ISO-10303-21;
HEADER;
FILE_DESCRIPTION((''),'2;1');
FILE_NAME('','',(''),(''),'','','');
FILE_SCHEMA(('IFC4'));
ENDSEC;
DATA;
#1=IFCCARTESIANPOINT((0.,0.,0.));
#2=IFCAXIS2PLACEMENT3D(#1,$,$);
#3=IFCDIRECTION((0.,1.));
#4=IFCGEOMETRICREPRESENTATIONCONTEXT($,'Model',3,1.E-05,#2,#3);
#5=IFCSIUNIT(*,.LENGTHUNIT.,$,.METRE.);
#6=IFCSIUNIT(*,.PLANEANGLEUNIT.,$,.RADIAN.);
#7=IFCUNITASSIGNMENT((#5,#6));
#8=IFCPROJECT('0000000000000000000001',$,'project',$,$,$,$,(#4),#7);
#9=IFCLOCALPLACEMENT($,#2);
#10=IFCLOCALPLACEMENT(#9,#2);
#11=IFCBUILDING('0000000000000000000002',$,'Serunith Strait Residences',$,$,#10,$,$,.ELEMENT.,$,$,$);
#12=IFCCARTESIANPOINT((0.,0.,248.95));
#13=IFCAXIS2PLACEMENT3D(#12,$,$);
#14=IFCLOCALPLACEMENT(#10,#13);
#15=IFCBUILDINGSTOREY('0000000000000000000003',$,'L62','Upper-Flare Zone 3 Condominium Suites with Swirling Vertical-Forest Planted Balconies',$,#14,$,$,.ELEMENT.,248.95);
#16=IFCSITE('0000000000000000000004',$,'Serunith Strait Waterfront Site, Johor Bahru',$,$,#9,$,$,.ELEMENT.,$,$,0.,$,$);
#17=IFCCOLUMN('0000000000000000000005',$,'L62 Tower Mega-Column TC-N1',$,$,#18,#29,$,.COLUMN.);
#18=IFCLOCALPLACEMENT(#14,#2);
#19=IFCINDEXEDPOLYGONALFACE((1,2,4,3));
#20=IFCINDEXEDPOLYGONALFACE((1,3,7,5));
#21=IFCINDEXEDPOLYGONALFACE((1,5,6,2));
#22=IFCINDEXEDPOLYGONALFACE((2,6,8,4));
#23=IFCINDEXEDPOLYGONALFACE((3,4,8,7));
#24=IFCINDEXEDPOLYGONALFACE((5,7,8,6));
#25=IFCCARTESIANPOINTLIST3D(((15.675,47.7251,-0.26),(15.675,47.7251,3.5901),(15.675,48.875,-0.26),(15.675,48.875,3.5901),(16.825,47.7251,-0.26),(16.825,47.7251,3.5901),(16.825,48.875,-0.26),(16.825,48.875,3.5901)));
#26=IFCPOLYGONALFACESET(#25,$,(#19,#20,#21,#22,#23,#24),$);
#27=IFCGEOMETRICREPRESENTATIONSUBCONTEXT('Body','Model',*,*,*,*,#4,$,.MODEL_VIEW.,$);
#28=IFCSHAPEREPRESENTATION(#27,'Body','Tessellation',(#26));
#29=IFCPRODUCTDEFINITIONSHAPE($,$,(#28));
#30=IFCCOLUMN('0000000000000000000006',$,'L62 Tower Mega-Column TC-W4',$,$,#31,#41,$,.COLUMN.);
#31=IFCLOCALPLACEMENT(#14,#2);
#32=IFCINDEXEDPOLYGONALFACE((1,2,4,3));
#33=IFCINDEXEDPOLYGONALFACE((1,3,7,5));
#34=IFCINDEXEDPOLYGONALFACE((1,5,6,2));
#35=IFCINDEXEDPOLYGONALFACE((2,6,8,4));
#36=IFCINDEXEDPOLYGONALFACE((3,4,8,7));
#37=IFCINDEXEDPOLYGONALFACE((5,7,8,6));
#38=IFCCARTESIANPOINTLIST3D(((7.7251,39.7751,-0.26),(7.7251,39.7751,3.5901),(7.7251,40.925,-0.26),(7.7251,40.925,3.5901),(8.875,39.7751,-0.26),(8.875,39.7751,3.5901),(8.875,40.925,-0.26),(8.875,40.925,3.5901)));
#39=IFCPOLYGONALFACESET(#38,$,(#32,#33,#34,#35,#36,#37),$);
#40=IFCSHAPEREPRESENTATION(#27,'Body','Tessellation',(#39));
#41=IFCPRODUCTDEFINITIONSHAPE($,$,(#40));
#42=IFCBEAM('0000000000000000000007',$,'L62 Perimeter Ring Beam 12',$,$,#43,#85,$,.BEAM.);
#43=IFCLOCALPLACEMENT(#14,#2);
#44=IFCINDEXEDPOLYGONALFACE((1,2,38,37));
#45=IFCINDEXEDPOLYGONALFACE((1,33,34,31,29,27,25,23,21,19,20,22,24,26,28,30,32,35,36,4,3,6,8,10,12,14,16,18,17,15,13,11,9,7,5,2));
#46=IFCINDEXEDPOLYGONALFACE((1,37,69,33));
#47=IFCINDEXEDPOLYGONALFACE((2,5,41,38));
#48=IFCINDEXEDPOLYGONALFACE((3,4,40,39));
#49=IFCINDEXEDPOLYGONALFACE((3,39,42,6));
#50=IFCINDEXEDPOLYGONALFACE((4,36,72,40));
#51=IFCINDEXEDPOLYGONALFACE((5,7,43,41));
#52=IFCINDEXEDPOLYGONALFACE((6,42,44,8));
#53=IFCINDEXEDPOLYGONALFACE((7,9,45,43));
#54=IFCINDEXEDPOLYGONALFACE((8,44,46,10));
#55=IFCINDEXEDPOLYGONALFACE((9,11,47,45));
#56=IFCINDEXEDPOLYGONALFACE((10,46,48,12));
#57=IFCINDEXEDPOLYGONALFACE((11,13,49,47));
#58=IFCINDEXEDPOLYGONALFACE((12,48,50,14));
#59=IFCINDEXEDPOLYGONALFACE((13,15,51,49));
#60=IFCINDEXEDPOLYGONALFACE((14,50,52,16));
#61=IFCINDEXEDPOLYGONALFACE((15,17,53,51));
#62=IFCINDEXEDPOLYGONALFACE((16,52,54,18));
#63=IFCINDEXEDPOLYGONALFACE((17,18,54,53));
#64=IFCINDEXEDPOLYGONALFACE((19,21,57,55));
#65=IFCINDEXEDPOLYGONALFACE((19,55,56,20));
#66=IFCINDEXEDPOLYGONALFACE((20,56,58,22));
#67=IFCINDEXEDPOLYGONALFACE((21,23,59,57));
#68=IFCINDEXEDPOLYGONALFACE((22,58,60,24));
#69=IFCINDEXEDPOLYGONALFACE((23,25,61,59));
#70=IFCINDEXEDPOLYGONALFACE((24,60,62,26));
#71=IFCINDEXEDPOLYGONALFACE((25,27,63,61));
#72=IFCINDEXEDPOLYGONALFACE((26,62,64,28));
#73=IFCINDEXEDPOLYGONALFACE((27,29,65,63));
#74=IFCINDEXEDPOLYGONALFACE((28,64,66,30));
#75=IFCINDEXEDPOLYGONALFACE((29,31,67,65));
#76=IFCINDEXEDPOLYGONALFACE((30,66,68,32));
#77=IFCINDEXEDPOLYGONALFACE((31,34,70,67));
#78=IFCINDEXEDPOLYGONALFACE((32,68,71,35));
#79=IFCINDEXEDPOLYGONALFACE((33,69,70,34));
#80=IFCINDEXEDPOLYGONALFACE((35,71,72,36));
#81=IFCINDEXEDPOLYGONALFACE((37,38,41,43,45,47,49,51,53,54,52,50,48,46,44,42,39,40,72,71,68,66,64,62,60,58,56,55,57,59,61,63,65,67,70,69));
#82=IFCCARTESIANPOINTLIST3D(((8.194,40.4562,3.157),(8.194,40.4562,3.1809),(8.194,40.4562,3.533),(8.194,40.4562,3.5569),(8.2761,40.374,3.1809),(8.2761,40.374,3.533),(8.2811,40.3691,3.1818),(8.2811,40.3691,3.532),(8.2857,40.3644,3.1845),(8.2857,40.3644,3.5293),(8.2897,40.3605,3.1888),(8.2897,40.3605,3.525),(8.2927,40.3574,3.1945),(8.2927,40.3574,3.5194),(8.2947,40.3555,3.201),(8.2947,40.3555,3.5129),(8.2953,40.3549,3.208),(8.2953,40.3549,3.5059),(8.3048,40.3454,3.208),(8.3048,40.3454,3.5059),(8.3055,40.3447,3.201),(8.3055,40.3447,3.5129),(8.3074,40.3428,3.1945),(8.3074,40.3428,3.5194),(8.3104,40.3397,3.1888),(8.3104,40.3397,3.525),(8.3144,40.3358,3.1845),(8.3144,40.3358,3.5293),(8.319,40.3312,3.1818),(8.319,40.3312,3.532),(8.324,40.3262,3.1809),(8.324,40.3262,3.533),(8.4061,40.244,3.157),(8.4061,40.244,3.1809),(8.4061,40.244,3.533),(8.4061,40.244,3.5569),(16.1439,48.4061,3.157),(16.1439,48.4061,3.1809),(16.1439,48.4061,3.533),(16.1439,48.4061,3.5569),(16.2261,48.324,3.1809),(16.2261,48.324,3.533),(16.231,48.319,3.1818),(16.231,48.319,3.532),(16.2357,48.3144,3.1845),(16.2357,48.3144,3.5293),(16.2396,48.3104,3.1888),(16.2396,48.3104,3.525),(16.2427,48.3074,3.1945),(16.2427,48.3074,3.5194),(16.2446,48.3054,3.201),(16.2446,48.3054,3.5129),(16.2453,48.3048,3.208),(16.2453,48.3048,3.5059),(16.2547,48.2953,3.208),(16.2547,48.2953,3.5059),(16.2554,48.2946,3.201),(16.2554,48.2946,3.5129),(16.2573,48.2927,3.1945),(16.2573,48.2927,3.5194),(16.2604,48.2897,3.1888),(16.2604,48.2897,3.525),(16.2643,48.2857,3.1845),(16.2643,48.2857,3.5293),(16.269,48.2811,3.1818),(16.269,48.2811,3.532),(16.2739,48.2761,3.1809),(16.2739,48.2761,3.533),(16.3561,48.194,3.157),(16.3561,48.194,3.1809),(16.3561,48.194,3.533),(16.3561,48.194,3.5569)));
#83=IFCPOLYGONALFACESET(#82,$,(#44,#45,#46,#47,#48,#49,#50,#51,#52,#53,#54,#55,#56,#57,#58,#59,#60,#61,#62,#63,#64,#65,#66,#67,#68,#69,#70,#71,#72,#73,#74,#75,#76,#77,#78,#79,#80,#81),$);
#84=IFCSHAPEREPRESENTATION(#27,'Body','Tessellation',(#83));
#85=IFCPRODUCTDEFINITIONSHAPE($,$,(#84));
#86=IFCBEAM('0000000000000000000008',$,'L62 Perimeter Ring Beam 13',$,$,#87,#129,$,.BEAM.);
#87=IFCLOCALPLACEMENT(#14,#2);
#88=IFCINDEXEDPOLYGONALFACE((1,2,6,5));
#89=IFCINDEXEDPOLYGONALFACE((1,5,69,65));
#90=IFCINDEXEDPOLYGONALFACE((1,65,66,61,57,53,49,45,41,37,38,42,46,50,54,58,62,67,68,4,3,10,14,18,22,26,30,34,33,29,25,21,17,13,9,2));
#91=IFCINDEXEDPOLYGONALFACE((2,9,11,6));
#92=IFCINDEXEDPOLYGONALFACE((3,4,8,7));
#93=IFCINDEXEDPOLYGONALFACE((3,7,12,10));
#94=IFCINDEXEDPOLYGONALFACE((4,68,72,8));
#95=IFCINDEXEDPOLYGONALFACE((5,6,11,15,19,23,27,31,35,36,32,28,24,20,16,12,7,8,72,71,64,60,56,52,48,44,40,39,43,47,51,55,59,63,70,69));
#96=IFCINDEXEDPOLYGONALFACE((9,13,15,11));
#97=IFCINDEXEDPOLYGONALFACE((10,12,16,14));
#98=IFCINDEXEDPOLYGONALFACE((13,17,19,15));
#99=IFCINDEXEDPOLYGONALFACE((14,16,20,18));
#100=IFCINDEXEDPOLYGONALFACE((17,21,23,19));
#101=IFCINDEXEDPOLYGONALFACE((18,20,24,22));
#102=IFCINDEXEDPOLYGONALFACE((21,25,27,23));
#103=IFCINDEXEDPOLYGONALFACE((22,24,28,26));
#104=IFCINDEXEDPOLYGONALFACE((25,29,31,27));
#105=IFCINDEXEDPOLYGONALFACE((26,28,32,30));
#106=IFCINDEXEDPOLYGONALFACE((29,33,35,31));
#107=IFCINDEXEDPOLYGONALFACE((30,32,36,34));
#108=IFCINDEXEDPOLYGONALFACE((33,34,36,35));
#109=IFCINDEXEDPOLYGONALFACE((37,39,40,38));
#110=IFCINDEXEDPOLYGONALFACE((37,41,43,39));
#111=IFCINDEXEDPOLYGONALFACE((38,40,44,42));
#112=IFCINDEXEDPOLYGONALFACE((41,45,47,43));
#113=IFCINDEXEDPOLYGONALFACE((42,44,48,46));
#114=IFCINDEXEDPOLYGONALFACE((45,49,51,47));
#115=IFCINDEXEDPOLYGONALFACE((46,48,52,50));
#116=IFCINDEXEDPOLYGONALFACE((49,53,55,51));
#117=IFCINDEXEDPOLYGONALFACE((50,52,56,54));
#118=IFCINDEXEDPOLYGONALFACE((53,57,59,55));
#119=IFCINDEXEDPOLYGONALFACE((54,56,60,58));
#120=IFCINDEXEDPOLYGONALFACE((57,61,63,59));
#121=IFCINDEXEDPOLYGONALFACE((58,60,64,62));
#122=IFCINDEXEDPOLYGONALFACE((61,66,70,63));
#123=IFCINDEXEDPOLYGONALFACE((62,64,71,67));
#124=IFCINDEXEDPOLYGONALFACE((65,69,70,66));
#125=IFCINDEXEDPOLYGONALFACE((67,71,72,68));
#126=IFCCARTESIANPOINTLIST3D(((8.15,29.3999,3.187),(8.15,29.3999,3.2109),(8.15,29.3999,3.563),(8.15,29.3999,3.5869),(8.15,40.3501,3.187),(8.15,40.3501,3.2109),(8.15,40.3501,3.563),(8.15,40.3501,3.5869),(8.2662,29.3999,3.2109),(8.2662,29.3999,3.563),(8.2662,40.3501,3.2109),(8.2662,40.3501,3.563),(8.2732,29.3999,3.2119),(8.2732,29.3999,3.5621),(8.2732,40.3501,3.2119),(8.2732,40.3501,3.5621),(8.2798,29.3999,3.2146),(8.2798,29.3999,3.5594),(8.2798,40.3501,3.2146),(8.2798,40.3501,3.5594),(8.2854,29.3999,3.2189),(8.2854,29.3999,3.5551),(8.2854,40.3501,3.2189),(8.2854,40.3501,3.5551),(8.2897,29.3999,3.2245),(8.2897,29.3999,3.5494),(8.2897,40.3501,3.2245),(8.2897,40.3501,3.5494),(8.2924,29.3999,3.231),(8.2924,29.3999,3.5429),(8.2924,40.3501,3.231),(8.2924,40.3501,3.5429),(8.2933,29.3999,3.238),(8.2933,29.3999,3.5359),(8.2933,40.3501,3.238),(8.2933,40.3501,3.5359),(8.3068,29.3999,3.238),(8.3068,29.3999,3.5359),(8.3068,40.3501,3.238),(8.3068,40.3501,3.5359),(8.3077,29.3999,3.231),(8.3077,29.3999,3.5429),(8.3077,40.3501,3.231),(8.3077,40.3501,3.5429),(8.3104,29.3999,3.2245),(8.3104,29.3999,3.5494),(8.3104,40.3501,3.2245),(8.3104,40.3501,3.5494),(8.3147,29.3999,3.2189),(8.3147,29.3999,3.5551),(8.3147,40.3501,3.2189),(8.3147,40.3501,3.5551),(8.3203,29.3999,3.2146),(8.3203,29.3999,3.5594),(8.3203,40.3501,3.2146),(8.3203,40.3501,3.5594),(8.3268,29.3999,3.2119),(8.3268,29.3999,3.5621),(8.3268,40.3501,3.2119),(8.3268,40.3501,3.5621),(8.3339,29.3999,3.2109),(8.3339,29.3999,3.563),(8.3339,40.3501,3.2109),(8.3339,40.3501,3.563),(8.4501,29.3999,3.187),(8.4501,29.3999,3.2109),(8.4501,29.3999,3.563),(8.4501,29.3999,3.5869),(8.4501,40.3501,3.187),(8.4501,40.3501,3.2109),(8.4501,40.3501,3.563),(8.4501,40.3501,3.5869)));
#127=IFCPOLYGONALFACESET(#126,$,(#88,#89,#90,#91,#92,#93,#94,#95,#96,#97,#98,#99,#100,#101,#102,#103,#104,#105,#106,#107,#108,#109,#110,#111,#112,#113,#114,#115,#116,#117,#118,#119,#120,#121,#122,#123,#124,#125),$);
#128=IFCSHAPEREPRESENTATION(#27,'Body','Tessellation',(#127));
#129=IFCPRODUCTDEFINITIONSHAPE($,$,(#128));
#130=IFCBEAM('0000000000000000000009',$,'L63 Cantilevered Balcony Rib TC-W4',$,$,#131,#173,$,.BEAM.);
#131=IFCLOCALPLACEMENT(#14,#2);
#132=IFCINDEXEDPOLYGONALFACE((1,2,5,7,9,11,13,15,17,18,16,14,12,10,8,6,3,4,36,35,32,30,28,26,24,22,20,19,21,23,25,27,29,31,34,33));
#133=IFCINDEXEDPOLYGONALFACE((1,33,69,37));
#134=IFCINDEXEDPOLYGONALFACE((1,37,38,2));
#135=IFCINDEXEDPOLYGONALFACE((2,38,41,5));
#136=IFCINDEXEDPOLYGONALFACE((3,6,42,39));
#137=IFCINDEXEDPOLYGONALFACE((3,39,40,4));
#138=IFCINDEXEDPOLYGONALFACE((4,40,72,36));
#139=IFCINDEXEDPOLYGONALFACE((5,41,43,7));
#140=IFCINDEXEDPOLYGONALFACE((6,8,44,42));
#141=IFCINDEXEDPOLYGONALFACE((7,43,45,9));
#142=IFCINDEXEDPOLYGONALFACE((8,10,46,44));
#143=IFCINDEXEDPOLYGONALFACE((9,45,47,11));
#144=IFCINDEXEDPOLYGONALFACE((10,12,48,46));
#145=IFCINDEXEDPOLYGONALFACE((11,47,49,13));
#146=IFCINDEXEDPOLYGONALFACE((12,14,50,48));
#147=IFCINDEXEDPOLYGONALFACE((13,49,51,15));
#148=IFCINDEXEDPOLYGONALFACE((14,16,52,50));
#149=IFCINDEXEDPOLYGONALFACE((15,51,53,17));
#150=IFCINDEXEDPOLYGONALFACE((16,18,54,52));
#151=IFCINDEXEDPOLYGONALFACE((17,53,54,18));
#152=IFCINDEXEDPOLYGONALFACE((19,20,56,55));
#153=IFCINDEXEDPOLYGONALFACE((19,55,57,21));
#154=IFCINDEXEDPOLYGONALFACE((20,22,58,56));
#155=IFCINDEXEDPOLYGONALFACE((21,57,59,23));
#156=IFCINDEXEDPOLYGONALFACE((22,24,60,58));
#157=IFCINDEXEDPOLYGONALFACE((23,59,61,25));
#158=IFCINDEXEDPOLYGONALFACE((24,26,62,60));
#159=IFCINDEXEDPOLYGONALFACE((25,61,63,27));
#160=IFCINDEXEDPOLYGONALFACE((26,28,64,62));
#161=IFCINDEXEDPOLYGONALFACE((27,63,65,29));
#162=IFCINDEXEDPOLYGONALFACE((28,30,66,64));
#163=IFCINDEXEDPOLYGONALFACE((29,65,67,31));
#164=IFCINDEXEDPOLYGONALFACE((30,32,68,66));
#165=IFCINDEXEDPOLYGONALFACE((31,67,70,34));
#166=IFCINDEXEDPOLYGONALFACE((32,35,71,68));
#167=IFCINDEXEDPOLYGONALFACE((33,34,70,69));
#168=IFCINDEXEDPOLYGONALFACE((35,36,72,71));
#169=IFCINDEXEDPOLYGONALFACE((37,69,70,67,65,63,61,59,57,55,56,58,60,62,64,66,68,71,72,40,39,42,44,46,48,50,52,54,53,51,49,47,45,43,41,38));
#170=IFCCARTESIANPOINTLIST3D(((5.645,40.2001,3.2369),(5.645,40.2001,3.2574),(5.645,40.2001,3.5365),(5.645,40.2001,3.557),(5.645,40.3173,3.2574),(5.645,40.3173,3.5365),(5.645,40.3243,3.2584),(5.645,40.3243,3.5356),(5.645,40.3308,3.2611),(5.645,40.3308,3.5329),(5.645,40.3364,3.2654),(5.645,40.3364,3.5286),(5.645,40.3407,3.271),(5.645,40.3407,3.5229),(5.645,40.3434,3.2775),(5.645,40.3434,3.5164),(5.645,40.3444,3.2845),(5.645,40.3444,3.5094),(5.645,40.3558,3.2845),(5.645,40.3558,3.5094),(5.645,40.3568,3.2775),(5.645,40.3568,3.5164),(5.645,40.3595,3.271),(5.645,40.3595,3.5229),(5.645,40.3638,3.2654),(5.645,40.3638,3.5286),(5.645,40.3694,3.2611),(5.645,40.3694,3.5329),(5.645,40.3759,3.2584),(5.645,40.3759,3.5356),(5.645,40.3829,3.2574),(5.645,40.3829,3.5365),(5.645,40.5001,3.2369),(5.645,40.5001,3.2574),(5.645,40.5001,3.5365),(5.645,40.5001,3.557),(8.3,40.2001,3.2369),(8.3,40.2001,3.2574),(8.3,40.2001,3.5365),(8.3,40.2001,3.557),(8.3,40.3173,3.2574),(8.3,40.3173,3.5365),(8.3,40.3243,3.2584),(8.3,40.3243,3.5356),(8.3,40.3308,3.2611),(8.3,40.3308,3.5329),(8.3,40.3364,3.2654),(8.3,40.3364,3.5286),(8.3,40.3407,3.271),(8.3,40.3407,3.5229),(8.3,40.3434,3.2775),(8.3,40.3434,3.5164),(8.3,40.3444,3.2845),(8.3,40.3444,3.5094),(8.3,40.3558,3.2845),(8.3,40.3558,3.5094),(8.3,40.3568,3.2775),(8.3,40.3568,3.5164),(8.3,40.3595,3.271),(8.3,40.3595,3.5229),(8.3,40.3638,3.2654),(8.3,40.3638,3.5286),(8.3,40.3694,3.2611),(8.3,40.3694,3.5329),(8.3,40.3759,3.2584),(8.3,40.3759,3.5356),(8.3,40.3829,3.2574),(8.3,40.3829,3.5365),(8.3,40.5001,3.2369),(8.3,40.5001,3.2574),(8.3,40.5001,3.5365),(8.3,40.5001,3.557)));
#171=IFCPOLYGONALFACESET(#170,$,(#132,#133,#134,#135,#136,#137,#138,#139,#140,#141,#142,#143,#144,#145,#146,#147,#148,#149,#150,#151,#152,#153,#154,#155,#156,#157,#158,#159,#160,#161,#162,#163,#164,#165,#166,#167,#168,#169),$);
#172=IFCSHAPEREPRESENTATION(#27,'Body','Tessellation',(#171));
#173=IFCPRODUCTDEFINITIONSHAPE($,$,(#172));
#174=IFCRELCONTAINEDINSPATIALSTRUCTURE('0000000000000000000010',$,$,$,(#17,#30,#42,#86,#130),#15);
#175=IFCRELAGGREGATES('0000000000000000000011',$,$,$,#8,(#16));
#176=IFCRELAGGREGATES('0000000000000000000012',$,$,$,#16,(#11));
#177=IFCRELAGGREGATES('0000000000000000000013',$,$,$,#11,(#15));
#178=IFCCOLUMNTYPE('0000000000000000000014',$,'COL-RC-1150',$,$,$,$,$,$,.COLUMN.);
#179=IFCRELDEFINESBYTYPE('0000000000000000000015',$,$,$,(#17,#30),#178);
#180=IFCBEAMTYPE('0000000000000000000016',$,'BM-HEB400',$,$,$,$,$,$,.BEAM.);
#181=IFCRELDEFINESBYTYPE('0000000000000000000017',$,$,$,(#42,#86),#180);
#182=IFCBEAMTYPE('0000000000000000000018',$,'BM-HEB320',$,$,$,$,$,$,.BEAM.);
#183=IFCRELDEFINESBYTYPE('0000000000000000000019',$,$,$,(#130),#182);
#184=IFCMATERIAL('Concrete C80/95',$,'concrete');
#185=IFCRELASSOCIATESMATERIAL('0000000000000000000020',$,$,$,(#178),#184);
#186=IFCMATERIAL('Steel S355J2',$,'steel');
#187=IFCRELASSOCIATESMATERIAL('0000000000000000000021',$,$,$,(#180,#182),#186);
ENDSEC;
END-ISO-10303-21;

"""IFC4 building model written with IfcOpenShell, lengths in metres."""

from ifc_helpers import new_model, si_unit, direction, frame, origin, origin_2d, place, context, subcontext, project, spatial, rectangle, i_section, extrude, source, transform, mapped, material, material_profile, profile_set, type_object, element, save


model = new_model("IFC4")

# Units and contexts
model_context = context("Model", 3, precision=1e-05, world=origin(), true_north=direction((0.0, 1.0)))
body_context = subcontext(model_context, "Body", "Model", "MODEL_VIEW")
ifc_project = project(units=[si_unit("LENGTHUNIT", "METRE"), si_unit("PLANEANGLEUNIT", "RADIAN")], contexts=[model_context])

# Site, building, storey
site_placement = place(None, origin())
site = spatial("IfcSite", under=ifc_project, at=site_placement, Name="Serunith Strait Waterfront Site, Johor Bahru", CompositionType="ELEMENT", RefElevation=0.0)
building_placement = place(site_placement, origin())
building = spatial("IfcBuilding", under=site, at=building_placement, Name="Serunith Strait Residences", CompositionType="ELEMENT")
storey_placement = place(building_placement, frame((0.0, 0.0, 248.95)))
storey = spatial("IfcBuildingStorey", under=building, at=storey_placement, Name="L62", Description="Upper-Flare Zone 3 Condominium Suites with Swirling Vertical-Forest Planted Balconies", CompositionType="ELEMENT", Elevation=248.95)

# Columns
ifc_material_1 = material(Name="Concrete C80/95", Category="concrete")
ifc_material_profile_1 = material_profile(ifc_material_1, rectangle(XDim=1.1499, YDim=1.1499, at=origin_2d()), Name="RC 1150x1150")
ifc_profile_set_1 = profile_set([ifc_material_profile_1], Name="Concrete C80/95")
column_type = type_object("IfcColumnType", Name="COL-RC-1150", PredefinedType="COLUMN", material=ifc_profile_set_1)
shared_shape_1 = source(origin(), body_context, "Body", "SweptSolid", [
    extrude(rectangle(XDim=1.1499, YDim=1.1499, at=origin_2d()), origin(), (0.0, 0.0, 1.0), 3.8501),
])
for number, where, z_axis, x_axis, name in (
    (1, (16.25, 48.3, -0.26), (0.0, 0.0, 1.0), (1.0, 0.0, 0.0), "L62 Tower Mega-Column TC-N1"),
    (2, (8.3, 40.3501, -0.26), (0.0, 0.0, 1.0), (1.0, 0.0, 0.0), "L62 Tower Mega-Column TC-W4"),
):
    element("IfcColumn", number, at=place(storey_placement, frame(where, z_axis=z_axis, x_axis=x_axis)), inside=storey, type_object=column_type, Name=name, PredefinedType="COLUMN", context=body_context, shape_type="MappedRepresentation", body=[
        mapped(shared_shape_1, transform((0.0, 0.0, 0.0), scale=1.0)),
    ])

# Beams
ifc_material_2 = material(Name="Steel S355J2", Category="steel")
ifc_material_profile_2 = material_profile(ifc_material_2, i_section(OverallWidth=0.3, OverallDepth=0.3999, WebThickness=0.0134, FlangeThickness=0.0239, FilletRadius=0.0271, at=origin_2d()), Name="HEB 400")
ifc_profile_set_2 = profile_set([ifc_material_profile_2], Name="Steel S355J2")
beam_type_1 = type_object("IfcBeamType", Name="BM-HEB400", PredefinedType="BEAM", material=ifc_profile_set_2)
shared_shape_2 = source(origin(), body_context, "Body", "SweptSolid", [
    extrude(i_section(OverallWidth=0.3, OverallDepth=0.3999, WebThickness=0.0134, FlangeThickness=0.0239, FilletRadius=0.0271, at=origin_2d()), origin(), (0.0, 0.0, 1.0), 11.2429),
])
beam_1_placement = place(storey_placement, frame((16.25, 48.3, 3.3569), z_axis=(-0.707107, -0.707107, 0.0), x_axis=(0.707107, -0.707107, 0.0)))
element("IfcBeam", 3, at=beam_1_placement, inside=storey, type_object=beam_type_1, Name="L62 Perimeter Ring Beam 12", PredefinedType="BEAM", context=body_context, shape_type="MappedRepresentation", body=[
    mapped(shared_shape_2, transform((0.0, 0.0, 0.0), scale=1.0)),
])
shared_shape_3 = source(origin(), body_context, "Body", "SweptSolid", [
    extrude(i_section(OverallWidth=0.3, OverallDepth=0.3999, WebThickness=0.0134, FlangeThickness=0.0239, FilletRadius=0.0271, at=origin_2d()), origin(), (0.0, 0.0, 1.0), 10.9502),
])
beam_2_placement = place(storey_placement, frame((8.3, 40.3501, 3.387), z_axis=(0.0, -1.0, 0.0), x_axis=(1.0, 0.0, 0.0)))
element("IfcBeam", 4, at=beam_2_placement, inside=storey, type_object=beam_type_1, Name="L62 Perimeter Ring Beam 13", PredefinedType="BEAM", context=body_context, shape_type="MappedRepresentation", body=[
    mapped(shared_shape_3, transform((0.0, 0.0, 0.0), scale=1.0)),
])
ifc_material_profile_3 = material_profile(ifc_material_2, i_section(OverallWidth=0.3, OverallDepth=0.3201, WebThickness=0.0115, FlangeThickness=0.0205, FilletRadius=0.0271, at=origin_2d()), Name="HEB 320")
ifc_profile_set_3 = profile_set([ifc_material_profile_3], Name="Steel S355J2")
beam_type_2 = type_object("IfcBeamType", Name="BM-HEB320", PredefinedType="BEAM", material=ifc_profile_set_3)
shared_shape_4 = source(origin(), body_context, "Body", "SweptSolid", [
    extrude(i_section(OverallWidth=0.3, OverallDepth=0.3201, WebThickness=0.0115, FlangeThickness=0.0205, FilletRadius=0.0271, at=origin_2d()), origin(), (0.0, 0.0, 1.0), 2.655),
])
beam_3_placement = place(storey_placement, frame((8.3, 40.3501, 3.397), z_axis=(-1.0, 0.0, 0.0), x_axis=(0.0, -1.0, 0.0)))
element("IfcBeam", 5, at=beam_3_placement, inside=storey, type_object=beam_type_2, Name="L63 Cantilevered Balcony Rib TC-W4", PredefinedType="BEAM", context=body_context, shape_type="MappedRepresentation", body=[
    mapped(shared_shape_4, transform((0.0, 0.0, 0.0), scale=1.0)),
])

save(model, "model.ifc")
